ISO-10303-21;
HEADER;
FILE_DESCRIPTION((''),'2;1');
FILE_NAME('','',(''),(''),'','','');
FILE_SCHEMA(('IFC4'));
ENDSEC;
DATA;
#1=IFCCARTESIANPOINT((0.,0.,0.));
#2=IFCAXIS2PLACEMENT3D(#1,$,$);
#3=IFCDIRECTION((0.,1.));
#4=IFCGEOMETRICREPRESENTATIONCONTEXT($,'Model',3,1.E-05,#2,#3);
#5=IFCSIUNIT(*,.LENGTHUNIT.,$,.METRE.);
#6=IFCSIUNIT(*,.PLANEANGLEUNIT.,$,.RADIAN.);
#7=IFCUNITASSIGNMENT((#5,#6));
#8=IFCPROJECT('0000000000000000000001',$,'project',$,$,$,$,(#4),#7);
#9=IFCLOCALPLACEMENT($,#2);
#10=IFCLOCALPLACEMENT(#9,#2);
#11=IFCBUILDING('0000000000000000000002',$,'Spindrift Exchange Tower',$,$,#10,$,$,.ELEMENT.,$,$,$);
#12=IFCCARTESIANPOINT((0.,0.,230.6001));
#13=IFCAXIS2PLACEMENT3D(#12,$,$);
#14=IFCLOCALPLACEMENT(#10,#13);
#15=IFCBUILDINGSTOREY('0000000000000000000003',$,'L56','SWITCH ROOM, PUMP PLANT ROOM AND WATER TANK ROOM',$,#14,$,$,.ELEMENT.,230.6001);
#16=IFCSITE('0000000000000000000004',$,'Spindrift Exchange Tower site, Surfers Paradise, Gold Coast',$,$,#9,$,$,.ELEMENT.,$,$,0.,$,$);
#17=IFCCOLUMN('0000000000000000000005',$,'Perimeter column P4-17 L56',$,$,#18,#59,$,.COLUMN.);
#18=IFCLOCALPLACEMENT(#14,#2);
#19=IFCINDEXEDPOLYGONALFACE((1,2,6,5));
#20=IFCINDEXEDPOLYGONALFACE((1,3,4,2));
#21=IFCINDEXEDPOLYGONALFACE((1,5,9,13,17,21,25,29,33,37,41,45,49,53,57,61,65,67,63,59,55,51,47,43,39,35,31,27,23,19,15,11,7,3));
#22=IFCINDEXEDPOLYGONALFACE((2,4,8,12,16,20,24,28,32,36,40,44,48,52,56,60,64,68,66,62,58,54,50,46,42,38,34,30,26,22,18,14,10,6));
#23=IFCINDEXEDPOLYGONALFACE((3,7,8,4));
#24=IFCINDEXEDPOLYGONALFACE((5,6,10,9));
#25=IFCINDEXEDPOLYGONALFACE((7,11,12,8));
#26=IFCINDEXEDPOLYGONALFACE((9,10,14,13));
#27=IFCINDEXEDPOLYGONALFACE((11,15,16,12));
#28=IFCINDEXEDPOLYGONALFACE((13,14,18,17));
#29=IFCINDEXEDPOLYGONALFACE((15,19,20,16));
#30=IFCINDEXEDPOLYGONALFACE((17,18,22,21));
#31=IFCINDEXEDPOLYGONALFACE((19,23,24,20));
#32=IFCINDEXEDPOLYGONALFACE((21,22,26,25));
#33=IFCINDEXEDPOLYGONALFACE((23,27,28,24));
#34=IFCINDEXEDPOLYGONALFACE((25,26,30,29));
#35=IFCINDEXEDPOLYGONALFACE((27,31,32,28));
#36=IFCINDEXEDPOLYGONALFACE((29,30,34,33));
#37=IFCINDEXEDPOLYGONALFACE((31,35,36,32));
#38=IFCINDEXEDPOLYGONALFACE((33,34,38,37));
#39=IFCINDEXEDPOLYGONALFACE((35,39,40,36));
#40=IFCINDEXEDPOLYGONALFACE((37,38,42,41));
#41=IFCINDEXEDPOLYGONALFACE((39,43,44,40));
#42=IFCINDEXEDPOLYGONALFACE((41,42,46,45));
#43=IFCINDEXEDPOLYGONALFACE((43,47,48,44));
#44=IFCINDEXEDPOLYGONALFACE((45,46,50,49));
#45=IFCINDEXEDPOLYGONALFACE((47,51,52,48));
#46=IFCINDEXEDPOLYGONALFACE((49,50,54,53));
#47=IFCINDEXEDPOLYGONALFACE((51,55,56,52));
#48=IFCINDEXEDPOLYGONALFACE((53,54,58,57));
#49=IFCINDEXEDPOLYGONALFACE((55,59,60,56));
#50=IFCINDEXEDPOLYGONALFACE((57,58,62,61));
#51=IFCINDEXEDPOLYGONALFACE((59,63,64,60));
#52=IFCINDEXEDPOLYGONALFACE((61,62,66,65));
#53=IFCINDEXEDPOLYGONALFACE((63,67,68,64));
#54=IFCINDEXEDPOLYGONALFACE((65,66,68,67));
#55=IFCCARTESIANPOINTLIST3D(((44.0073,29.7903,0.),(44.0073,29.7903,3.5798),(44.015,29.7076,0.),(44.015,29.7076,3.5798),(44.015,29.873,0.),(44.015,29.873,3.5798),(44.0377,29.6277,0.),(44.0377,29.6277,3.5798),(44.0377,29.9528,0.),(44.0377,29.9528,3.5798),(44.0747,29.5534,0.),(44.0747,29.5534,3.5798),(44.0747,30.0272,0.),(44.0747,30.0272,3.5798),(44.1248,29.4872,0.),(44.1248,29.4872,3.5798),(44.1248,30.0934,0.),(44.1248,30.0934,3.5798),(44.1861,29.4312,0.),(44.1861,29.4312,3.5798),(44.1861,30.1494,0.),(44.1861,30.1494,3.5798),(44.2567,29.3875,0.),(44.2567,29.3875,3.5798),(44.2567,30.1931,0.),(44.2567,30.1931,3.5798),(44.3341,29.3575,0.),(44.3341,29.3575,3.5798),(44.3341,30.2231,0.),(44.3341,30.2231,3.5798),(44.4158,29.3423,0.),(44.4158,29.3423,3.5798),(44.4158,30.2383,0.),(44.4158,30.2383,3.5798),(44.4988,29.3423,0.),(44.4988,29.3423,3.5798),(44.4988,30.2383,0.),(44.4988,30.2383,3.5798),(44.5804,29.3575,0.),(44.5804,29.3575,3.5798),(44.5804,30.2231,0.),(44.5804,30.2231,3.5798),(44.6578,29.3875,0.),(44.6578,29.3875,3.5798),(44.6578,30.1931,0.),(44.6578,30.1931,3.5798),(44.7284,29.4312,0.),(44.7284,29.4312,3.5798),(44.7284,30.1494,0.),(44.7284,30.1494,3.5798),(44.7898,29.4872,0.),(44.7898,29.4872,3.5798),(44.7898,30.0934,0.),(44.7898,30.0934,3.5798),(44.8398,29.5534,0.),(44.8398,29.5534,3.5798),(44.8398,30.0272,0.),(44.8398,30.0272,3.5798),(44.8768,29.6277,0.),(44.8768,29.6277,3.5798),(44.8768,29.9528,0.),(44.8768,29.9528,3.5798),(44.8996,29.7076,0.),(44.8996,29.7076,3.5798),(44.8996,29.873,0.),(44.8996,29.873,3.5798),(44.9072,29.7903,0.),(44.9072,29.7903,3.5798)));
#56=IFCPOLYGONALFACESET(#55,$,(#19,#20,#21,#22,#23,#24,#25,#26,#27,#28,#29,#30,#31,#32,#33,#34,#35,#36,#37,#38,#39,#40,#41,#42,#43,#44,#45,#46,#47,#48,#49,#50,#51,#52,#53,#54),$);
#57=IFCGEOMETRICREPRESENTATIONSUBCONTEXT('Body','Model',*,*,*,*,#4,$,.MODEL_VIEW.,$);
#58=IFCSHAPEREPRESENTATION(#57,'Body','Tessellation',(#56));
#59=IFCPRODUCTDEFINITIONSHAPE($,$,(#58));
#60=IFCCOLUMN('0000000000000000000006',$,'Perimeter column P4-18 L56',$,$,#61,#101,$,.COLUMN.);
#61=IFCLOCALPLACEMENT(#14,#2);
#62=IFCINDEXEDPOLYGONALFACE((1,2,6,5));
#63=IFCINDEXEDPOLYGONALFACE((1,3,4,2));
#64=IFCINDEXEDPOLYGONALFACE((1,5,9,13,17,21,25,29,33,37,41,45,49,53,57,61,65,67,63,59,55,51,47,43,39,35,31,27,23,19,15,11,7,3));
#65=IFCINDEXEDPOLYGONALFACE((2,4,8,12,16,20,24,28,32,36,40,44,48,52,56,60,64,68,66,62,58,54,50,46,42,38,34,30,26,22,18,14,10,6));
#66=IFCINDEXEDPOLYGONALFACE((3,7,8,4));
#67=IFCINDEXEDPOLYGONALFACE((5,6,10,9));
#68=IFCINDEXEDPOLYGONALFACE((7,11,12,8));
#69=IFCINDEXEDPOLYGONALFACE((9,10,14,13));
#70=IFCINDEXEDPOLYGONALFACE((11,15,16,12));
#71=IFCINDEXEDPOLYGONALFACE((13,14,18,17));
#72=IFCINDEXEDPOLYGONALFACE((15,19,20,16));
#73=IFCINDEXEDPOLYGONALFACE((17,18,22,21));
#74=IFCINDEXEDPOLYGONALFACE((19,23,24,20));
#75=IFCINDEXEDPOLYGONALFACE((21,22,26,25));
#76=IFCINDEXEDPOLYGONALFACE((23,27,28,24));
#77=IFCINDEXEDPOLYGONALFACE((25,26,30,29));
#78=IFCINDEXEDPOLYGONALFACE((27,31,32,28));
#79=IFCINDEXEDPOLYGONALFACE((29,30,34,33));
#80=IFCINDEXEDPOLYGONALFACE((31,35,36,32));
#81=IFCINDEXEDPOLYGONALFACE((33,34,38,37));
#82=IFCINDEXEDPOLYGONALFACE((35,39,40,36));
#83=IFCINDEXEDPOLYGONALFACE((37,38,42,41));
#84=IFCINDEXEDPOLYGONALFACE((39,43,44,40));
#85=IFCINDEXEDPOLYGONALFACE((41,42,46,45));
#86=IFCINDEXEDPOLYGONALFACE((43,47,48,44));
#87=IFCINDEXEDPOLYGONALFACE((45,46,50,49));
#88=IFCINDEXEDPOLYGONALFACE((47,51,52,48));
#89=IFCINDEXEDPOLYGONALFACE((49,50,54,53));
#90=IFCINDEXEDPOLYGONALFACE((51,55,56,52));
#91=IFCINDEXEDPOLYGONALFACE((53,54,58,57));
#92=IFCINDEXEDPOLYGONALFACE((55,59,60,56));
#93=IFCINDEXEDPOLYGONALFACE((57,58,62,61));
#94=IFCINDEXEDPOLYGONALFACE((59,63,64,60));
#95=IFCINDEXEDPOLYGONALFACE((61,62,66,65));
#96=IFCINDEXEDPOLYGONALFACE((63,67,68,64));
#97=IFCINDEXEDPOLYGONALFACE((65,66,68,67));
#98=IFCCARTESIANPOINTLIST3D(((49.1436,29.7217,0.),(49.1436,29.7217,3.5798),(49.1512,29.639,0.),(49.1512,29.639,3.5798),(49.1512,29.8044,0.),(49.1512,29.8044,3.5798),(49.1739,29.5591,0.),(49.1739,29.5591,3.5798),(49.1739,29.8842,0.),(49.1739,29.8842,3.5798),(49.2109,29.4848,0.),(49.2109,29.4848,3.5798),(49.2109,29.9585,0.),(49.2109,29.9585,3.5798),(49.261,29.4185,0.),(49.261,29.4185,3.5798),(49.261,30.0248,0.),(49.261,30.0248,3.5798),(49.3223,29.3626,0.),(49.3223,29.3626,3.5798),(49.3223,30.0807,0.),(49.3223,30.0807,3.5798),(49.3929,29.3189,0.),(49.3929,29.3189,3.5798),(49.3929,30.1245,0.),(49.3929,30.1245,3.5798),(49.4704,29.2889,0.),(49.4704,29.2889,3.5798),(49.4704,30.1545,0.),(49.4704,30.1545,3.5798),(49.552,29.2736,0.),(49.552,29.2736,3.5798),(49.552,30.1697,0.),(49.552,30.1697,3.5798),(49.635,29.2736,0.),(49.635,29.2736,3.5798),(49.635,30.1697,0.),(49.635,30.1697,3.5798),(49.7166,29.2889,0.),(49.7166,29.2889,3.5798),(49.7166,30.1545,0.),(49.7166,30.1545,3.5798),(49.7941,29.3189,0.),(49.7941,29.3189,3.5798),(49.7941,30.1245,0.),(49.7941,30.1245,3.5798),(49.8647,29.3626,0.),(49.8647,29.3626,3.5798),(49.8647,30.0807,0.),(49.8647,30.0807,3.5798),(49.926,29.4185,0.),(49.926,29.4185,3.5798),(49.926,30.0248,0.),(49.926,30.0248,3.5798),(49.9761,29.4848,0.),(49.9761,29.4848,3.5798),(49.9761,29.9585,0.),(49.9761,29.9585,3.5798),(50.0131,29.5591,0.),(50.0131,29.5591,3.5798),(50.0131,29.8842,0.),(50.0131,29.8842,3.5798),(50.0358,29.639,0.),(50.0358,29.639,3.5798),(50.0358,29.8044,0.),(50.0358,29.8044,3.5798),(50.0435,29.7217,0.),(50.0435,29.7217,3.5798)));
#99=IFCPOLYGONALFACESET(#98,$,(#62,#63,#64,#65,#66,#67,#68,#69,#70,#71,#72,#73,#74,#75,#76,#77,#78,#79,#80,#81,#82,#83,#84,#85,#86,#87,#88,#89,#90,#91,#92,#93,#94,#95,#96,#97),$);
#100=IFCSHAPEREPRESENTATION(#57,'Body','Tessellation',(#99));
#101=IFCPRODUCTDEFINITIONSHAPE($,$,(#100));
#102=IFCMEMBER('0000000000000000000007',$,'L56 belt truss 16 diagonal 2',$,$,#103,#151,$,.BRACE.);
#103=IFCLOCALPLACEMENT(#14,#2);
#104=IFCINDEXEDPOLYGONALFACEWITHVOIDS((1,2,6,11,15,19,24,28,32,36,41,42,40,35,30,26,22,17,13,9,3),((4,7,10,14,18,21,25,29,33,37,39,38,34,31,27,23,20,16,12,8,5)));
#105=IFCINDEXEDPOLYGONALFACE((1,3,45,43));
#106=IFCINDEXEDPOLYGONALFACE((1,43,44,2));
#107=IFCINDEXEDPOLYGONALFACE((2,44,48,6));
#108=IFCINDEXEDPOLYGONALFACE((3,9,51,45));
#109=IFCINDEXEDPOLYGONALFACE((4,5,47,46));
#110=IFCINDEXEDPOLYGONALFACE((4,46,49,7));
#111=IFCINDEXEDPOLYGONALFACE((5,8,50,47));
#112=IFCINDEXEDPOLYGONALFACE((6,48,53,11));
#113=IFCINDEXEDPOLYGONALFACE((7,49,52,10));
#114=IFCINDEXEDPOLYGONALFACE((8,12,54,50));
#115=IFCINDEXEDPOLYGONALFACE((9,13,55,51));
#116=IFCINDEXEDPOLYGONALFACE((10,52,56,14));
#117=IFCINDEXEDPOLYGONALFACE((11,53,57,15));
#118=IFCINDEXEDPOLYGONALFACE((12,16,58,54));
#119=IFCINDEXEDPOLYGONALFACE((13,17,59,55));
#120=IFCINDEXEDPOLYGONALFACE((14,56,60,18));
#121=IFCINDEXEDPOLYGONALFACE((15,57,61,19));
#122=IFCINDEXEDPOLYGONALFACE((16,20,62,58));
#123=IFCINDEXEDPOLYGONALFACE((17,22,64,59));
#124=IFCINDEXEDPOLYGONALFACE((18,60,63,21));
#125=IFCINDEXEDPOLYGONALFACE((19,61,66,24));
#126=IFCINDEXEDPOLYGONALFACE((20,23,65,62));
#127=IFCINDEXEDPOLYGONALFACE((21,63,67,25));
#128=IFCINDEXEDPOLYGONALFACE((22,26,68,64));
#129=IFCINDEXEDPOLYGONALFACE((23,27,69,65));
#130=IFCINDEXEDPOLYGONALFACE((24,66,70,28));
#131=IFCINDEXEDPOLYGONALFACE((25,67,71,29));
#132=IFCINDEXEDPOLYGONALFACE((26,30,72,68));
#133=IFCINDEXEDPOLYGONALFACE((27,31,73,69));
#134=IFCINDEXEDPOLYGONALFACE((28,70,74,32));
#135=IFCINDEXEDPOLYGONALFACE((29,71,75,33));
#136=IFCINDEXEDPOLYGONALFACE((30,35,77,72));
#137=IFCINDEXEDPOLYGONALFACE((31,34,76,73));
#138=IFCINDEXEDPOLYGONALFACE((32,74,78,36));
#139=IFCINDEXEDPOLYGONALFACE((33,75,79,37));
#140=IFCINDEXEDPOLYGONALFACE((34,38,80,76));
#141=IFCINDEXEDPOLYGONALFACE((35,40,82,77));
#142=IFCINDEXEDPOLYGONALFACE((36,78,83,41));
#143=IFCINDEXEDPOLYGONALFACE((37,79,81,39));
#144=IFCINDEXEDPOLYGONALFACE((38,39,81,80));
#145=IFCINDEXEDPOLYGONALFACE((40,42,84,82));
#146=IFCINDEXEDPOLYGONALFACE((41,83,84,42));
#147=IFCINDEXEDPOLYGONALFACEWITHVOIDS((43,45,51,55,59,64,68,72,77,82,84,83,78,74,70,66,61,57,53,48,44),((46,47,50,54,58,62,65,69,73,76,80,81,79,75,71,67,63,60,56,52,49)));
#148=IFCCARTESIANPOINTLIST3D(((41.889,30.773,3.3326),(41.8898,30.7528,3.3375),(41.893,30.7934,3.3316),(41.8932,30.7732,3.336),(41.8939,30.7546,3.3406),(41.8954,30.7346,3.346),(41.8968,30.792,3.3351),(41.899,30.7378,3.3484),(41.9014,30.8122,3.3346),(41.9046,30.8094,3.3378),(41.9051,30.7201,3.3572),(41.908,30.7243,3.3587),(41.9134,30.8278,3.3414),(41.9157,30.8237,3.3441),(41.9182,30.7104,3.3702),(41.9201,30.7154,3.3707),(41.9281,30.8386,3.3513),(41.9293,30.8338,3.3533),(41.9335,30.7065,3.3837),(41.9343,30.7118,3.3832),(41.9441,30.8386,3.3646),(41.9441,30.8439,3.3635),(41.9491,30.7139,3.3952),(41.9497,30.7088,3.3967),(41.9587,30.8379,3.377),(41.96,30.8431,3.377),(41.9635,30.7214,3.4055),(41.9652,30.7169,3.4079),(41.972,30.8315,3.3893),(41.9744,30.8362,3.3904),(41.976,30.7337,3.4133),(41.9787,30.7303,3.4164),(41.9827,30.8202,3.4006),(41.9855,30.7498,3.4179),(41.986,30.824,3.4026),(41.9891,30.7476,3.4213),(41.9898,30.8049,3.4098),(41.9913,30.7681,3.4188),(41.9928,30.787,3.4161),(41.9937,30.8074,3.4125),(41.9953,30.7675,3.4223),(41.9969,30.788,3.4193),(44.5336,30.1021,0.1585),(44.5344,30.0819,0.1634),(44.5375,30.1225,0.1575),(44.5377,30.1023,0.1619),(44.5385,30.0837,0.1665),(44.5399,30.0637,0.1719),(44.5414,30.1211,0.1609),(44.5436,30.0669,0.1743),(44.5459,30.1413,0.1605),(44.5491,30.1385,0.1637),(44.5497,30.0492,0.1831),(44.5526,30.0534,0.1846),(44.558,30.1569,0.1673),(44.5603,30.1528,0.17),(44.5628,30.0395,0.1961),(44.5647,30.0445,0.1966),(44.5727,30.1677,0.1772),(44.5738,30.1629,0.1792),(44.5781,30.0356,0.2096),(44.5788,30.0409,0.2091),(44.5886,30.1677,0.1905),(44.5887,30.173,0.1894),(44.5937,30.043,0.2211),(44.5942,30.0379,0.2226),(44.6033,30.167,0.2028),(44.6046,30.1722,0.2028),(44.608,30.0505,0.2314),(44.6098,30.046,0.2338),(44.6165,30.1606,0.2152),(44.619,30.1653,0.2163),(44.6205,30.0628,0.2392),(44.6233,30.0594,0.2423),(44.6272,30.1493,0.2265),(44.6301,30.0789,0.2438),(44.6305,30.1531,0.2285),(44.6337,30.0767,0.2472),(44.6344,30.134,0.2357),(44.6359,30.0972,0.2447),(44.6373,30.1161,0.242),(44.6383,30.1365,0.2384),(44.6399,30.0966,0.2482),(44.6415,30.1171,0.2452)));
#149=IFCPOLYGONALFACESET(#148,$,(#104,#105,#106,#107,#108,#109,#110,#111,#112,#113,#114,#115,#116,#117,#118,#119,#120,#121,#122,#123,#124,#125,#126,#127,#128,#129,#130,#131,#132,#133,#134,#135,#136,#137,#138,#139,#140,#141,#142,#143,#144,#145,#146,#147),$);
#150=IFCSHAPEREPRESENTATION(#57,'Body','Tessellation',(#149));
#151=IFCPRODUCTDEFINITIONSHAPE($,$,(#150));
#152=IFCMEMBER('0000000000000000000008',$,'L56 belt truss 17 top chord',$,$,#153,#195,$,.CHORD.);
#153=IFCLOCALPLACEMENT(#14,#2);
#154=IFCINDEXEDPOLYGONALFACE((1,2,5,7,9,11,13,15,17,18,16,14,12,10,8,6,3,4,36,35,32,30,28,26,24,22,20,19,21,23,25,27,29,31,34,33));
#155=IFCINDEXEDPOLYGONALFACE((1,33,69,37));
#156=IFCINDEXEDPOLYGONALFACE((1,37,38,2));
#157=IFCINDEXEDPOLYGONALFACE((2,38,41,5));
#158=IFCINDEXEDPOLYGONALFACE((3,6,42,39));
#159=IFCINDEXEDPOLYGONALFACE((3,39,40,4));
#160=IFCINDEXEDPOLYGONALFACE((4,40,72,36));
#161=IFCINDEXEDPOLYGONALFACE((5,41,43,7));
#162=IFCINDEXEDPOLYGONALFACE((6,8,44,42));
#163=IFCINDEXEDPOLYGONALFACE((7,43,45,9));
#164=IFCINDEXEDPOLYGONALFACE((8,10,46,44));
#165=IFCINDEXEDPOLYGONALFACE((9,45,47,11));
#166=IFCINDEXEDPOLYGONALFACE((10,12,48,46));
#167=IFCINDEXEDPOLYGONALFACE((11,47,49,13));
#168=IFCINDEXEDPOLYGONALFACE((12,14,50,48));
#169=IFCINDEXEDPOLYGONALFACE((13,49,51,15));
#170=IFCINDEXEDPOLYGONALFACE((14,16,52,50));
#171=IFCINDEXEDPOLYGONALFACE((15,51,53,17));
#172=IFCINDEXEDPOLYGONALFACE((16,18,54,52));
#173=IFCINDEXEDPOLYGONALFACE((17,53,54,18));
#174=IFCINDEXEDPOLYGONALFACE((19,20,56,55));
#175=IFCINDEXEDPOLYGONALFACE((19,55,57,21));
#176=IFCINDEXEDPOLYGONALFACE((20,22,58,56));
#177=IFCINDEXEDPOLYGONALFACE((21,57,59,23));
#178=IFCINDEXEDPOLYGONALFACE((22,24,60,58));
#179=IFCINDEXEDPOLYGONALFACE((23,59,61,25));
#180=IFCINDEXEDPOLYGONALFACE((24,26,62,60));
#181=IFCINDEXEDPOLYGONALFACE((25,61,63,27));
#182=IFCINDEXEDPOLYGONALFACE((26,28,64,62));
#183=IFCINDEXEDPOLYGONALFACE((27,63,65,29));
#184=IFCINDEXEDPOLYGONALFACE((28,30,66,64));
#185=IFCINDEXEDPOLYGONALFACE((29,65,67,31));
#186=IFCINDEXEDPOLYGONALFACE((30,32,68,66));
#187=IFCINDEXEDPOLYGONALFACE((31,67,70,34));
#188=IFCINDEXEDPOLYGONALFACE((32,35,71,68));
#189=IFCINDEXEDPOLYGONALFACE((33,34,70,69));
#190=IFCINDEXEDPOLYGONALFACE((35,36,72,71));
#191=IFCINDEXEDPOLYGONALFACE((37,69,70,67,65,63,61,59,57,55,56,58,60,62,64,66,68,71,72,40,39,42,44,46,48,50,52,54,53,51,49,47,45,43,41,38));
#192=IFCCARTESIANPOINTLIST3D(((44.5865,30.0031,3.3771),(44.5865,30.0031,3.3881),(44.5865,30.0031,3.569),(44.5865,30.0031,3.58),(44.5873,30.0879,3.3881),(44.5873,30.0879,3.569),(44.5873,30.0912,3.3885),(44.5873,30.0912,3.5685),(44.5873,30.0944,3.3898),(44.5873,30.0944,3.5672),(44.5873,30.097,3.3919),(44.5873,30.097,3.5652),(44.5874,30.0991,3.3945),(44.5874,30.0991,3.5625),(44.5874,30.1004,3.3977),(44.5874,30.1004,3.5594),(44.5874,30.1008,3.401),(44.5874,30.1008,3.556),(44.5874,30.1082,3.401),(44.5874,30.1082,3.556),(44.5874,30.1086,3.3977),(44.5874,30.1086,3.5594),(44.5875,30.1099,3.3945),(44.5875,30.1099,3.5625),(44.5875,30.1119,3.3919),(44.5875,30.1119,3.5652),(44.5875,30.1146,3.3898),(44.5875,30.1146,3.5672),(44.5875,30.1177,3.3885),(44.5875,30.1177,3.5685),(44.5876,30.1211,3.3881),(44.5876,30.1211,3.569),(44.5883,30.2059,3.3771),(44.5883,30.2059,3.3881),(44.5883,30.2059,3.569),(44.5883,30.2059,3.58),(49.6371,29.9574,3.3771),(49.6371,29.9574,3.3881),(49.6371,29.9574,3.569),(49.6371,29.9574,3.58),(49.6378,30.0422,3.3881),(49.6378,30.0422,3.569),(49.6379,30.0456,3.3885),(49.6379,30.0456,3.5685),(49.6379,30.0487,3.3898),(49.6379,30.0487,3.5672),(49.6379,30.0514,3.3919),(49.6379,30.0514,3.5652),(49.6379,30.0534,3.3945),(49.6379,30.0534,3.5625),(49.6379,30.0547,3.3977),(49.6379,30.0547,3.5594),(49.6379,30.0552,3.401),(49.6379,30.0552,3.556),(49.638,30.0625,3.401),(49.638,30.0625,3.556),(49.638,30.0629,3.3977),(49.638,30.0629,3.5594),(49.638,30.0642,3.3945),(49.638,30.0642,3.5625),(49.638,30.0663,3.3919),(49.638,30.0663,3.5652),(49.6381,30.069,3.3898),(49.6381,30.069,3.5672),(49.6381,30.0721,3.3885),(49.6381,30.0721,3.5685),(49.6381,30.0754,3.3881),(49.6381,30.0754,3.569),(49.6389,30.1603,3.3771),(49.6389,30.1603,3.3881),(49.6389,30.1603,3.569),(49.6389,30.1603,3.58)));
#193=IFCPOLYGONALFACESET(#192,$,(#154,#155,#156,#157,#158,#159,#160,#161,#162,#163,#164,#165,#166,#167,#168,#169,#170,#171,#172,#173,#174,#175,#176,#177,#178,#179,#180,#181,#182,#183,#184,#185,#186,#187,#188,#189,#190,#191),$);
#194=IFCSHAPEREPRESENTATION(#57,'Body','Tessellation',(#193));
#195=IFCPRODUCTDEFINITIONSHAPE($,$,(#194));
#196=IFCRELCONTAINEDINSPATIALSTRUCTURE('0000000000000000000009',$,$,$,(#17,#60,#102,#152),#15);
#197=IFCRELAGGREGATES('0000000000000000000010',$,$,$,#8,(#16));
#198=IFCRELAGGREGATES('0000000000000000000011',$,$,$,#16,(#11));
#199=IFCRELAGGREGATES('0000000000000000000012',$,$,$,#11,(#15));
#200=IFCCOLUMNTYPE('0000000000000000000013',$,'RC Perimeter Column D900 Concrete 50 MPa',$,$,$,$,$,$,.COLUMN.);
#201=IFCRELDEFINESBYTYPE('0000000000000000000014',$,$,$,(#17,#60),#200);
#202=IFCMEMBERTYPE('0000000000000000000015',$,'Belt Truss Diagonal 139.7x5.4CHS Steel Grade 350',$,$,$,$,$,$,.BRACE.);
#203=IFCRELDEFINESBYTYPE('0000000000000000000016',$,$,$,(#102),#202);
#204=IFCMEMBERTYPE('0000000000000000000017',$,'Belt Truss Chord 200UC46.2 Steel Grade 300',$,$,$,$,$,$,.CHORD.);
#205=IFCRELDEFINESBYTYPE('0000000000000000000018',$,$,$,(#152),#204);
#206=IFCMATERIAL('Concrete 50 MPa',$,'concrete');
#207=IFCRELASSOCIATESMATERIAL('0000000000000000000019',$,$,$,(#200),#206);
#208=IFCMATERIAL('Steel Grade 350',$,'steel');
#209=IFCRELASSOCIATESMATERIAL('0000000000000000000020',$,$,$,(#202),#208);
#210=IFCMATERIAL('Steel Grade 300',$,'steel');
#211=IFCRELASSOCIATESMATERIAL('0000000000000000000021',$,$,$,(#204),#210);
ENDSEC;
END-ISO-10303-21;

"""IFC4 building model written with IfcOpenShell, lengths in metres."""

from ifc_helpers import new_model, si_unit, direction, frame, origin, origin_2d, place, context, subcontext, project, spatial, circle, hollow_circle, i_section, extrude, source, transform, mapped, material, material_profile, profile_set, type_object, element, save


model = new_model("IFC4")

# Units and contexts
model_context = context("Model", 3, precision=1e-05, world=origin(), true_north=direction((0.0, 1.0)))
body_context = subcontext(model_context, "Body", "Model", "MODEL_VIEW")
ifc_project = project(units=[si_unit("LENGTHUNIT", "METRE"), si_unit("PLANEANGLEUNIT", "RADIAN")], contexts=[model_context])

# Site, building, storey
site_placement = place(None, origin())
site = spatial("IfcSite", under=ifc_project, at=site_placement, Name="Spindrift Exchange Tower site, Surfers Paradise, Gold Coast", CompositionType="ELEMENT", RefElevation=0.0)
building_placement = place(site_placement, origin())
building = spatial("IfcBuilding", under=site, at=building_placement, Name="Spindrift Exchange Tower", CompositionType="ELEMENT")
storey_placement = place(building_placement, frame((0.0, 0.0, 230.6001)))
storey = spatial("IfcBuildingStorey", under=building, at=storey_placement, Name="L56", Description="SWITCH ROOM, PUMP PLANT ROOM AND WATER TANK ROOM", CompositionType="ELEMENT", Elevation=230.6001)

# Columns
ifc_material_1 = material(Name="Concrete 50 MPa", Category="concrete")
ifc_material_profile_1 = material_profile(ifc_material_1, circle(Radius=0.45, at=origin_2d()), Name="RC D900")
ifc_profile_set_1 = profile_set([ifc_material_profile_1], Name="Concrete 50 MPa")
column_type = type_object("IfcColumnType", Name="RC Perimeter Column D900 Concrete 50 MPa", PredefinedType="COLUMN", material=ifc_profile_set_1)
shared_shape_1 = source(origin(), body_context, "Body", "SweptSolid", [
    extrude(circle(Radius=0.45, at=origin_2d()), origin(), (0.0, 0.0, 1.0), 3.5798),
])
for number, where, z_axis, x_axis, name in (
    (1, (44.4573, 29.7903, 0.0), (0.0, 0.0, 1.0), (1.0, 0.0, 0.0), "Perimeter column P4-17 L56"),
    (2, (49.5935, 29.7217, 0.0), (0.0, 0.0, 1.0), (1.0, 0.0, 0.0), "Perimeter column P4-18 L56"),
):
    element("IfcColumn", number, at=place(storey_placement, frame(where, z_axis=z_axis, x_axis=x_axis)), inside=storey, type_object=column_type, Name=name, PredefinedType="COLUMN", context=body_context, shape_type="MappedRepresentation", body=[
        mapped(shared_shape_1, transform((0.0, 0.0, 0.0), scale=1.0)),
    ])

# Members
ifc_material_2 = material(Name="Steel Grade 350", Category="steel")
ifc_material_profile_2 = material_profile(ifc_material_2, hollow_circle(Radius=0.0698, WallThickness=0.0054, at=origin_2d()), Name="139.7x5.4CHS")
ifc_profile_set_2 = profile_set([ifc_material_profile_2], Name="Steel Grade 350")
member_type_1 = type_object("IfcMemberType", Name="Belt Truss Diagonal 139.7x5.4CHS Steel Grade 350", PredefinedType="BRACE", material=ifc_profile_set_2)
shared_shape_2 = source(origin(), body_context, "Body", "SweptSolid", [
    extrude(hollow_circle(Radius=0.0698, WallThickness=0.0054, at=origin_2d()), origin(), (0.0, 0.0, 1.0), 4.1855),
])
member_1_placement = place(storey_placement, frame((41.9429, 30.7754, 3.377), z_axis=(0.631832, -0.160291, -0.75835), x_axis=(0.245903, 0.969294, 0.0)))
element("IfcMember", 3, at=member_1_placement, inside=storey, type_object=member_type_1, Name="L56 belt truss 16 diagonal 2", PredefinedType="BRACE", context=body_context, shape_type="MappedRepresentation", body=[
    mapped(shared_shape_2, transform((0.0, 0.0, 0.0), scale=1.0)),
])
ifc_material_3 = material(Name="Steel Grade 300", Category="steel")
ifc_material_profile_3 = material_profile(ifc_material_3, i_section(OverallWidth=0.2029, OverallDepth=0.2029, WebThickness=0.0073, FlangeThickness=0.011, FilletRadius=0.0129, at=origin_2d()), Name="200UC46.2")
ifc_profile_set_3 = profile_set([ifc_material_profile_3], Name="Steel Grade 300")
member_type_2 = type_object("IfcMemberType", Name="Belt Truss Chord 200UC46.2 Steel Grade 300", PredefinedType="CHORD", material=ifc_profile_set_3)
shared_shape_3 = source(origin(), body_context, "Body", "SweptSolid", [
    extrude(i_section(OverallWidth=0.2029, OverallDepth=0.2029, WebThickness=0.0073, FlangeThickness=0.011, FilletRadius=0.0129, at=origin_2d()), origin(), (0.0, 0.0, 1.0), 5.0508),
])
for number, where, z_axis, x_axis, name in (
    (4, (44.5874, 30.1045, 3.4785), (0.999959, -0.009039, 0.0), (0.009039, 0.999959, 0.0), "L56 belt truss 17 top chord"),
):
    element("IfcMember", number, at=place(storey_placement, frame(where, z_axis=z_axis, x_axis=x_axis)), inside=storey, type_object=member_type_2, Name=name, PredefinedType="CHORD", context=body_context, shape_type="MappedRepresentation", body=[
        mapped(shared_shape_3, transform((0.0, 0.0, 0.0), scale=1.0)),
    ])

save(model, "model.ifc")
